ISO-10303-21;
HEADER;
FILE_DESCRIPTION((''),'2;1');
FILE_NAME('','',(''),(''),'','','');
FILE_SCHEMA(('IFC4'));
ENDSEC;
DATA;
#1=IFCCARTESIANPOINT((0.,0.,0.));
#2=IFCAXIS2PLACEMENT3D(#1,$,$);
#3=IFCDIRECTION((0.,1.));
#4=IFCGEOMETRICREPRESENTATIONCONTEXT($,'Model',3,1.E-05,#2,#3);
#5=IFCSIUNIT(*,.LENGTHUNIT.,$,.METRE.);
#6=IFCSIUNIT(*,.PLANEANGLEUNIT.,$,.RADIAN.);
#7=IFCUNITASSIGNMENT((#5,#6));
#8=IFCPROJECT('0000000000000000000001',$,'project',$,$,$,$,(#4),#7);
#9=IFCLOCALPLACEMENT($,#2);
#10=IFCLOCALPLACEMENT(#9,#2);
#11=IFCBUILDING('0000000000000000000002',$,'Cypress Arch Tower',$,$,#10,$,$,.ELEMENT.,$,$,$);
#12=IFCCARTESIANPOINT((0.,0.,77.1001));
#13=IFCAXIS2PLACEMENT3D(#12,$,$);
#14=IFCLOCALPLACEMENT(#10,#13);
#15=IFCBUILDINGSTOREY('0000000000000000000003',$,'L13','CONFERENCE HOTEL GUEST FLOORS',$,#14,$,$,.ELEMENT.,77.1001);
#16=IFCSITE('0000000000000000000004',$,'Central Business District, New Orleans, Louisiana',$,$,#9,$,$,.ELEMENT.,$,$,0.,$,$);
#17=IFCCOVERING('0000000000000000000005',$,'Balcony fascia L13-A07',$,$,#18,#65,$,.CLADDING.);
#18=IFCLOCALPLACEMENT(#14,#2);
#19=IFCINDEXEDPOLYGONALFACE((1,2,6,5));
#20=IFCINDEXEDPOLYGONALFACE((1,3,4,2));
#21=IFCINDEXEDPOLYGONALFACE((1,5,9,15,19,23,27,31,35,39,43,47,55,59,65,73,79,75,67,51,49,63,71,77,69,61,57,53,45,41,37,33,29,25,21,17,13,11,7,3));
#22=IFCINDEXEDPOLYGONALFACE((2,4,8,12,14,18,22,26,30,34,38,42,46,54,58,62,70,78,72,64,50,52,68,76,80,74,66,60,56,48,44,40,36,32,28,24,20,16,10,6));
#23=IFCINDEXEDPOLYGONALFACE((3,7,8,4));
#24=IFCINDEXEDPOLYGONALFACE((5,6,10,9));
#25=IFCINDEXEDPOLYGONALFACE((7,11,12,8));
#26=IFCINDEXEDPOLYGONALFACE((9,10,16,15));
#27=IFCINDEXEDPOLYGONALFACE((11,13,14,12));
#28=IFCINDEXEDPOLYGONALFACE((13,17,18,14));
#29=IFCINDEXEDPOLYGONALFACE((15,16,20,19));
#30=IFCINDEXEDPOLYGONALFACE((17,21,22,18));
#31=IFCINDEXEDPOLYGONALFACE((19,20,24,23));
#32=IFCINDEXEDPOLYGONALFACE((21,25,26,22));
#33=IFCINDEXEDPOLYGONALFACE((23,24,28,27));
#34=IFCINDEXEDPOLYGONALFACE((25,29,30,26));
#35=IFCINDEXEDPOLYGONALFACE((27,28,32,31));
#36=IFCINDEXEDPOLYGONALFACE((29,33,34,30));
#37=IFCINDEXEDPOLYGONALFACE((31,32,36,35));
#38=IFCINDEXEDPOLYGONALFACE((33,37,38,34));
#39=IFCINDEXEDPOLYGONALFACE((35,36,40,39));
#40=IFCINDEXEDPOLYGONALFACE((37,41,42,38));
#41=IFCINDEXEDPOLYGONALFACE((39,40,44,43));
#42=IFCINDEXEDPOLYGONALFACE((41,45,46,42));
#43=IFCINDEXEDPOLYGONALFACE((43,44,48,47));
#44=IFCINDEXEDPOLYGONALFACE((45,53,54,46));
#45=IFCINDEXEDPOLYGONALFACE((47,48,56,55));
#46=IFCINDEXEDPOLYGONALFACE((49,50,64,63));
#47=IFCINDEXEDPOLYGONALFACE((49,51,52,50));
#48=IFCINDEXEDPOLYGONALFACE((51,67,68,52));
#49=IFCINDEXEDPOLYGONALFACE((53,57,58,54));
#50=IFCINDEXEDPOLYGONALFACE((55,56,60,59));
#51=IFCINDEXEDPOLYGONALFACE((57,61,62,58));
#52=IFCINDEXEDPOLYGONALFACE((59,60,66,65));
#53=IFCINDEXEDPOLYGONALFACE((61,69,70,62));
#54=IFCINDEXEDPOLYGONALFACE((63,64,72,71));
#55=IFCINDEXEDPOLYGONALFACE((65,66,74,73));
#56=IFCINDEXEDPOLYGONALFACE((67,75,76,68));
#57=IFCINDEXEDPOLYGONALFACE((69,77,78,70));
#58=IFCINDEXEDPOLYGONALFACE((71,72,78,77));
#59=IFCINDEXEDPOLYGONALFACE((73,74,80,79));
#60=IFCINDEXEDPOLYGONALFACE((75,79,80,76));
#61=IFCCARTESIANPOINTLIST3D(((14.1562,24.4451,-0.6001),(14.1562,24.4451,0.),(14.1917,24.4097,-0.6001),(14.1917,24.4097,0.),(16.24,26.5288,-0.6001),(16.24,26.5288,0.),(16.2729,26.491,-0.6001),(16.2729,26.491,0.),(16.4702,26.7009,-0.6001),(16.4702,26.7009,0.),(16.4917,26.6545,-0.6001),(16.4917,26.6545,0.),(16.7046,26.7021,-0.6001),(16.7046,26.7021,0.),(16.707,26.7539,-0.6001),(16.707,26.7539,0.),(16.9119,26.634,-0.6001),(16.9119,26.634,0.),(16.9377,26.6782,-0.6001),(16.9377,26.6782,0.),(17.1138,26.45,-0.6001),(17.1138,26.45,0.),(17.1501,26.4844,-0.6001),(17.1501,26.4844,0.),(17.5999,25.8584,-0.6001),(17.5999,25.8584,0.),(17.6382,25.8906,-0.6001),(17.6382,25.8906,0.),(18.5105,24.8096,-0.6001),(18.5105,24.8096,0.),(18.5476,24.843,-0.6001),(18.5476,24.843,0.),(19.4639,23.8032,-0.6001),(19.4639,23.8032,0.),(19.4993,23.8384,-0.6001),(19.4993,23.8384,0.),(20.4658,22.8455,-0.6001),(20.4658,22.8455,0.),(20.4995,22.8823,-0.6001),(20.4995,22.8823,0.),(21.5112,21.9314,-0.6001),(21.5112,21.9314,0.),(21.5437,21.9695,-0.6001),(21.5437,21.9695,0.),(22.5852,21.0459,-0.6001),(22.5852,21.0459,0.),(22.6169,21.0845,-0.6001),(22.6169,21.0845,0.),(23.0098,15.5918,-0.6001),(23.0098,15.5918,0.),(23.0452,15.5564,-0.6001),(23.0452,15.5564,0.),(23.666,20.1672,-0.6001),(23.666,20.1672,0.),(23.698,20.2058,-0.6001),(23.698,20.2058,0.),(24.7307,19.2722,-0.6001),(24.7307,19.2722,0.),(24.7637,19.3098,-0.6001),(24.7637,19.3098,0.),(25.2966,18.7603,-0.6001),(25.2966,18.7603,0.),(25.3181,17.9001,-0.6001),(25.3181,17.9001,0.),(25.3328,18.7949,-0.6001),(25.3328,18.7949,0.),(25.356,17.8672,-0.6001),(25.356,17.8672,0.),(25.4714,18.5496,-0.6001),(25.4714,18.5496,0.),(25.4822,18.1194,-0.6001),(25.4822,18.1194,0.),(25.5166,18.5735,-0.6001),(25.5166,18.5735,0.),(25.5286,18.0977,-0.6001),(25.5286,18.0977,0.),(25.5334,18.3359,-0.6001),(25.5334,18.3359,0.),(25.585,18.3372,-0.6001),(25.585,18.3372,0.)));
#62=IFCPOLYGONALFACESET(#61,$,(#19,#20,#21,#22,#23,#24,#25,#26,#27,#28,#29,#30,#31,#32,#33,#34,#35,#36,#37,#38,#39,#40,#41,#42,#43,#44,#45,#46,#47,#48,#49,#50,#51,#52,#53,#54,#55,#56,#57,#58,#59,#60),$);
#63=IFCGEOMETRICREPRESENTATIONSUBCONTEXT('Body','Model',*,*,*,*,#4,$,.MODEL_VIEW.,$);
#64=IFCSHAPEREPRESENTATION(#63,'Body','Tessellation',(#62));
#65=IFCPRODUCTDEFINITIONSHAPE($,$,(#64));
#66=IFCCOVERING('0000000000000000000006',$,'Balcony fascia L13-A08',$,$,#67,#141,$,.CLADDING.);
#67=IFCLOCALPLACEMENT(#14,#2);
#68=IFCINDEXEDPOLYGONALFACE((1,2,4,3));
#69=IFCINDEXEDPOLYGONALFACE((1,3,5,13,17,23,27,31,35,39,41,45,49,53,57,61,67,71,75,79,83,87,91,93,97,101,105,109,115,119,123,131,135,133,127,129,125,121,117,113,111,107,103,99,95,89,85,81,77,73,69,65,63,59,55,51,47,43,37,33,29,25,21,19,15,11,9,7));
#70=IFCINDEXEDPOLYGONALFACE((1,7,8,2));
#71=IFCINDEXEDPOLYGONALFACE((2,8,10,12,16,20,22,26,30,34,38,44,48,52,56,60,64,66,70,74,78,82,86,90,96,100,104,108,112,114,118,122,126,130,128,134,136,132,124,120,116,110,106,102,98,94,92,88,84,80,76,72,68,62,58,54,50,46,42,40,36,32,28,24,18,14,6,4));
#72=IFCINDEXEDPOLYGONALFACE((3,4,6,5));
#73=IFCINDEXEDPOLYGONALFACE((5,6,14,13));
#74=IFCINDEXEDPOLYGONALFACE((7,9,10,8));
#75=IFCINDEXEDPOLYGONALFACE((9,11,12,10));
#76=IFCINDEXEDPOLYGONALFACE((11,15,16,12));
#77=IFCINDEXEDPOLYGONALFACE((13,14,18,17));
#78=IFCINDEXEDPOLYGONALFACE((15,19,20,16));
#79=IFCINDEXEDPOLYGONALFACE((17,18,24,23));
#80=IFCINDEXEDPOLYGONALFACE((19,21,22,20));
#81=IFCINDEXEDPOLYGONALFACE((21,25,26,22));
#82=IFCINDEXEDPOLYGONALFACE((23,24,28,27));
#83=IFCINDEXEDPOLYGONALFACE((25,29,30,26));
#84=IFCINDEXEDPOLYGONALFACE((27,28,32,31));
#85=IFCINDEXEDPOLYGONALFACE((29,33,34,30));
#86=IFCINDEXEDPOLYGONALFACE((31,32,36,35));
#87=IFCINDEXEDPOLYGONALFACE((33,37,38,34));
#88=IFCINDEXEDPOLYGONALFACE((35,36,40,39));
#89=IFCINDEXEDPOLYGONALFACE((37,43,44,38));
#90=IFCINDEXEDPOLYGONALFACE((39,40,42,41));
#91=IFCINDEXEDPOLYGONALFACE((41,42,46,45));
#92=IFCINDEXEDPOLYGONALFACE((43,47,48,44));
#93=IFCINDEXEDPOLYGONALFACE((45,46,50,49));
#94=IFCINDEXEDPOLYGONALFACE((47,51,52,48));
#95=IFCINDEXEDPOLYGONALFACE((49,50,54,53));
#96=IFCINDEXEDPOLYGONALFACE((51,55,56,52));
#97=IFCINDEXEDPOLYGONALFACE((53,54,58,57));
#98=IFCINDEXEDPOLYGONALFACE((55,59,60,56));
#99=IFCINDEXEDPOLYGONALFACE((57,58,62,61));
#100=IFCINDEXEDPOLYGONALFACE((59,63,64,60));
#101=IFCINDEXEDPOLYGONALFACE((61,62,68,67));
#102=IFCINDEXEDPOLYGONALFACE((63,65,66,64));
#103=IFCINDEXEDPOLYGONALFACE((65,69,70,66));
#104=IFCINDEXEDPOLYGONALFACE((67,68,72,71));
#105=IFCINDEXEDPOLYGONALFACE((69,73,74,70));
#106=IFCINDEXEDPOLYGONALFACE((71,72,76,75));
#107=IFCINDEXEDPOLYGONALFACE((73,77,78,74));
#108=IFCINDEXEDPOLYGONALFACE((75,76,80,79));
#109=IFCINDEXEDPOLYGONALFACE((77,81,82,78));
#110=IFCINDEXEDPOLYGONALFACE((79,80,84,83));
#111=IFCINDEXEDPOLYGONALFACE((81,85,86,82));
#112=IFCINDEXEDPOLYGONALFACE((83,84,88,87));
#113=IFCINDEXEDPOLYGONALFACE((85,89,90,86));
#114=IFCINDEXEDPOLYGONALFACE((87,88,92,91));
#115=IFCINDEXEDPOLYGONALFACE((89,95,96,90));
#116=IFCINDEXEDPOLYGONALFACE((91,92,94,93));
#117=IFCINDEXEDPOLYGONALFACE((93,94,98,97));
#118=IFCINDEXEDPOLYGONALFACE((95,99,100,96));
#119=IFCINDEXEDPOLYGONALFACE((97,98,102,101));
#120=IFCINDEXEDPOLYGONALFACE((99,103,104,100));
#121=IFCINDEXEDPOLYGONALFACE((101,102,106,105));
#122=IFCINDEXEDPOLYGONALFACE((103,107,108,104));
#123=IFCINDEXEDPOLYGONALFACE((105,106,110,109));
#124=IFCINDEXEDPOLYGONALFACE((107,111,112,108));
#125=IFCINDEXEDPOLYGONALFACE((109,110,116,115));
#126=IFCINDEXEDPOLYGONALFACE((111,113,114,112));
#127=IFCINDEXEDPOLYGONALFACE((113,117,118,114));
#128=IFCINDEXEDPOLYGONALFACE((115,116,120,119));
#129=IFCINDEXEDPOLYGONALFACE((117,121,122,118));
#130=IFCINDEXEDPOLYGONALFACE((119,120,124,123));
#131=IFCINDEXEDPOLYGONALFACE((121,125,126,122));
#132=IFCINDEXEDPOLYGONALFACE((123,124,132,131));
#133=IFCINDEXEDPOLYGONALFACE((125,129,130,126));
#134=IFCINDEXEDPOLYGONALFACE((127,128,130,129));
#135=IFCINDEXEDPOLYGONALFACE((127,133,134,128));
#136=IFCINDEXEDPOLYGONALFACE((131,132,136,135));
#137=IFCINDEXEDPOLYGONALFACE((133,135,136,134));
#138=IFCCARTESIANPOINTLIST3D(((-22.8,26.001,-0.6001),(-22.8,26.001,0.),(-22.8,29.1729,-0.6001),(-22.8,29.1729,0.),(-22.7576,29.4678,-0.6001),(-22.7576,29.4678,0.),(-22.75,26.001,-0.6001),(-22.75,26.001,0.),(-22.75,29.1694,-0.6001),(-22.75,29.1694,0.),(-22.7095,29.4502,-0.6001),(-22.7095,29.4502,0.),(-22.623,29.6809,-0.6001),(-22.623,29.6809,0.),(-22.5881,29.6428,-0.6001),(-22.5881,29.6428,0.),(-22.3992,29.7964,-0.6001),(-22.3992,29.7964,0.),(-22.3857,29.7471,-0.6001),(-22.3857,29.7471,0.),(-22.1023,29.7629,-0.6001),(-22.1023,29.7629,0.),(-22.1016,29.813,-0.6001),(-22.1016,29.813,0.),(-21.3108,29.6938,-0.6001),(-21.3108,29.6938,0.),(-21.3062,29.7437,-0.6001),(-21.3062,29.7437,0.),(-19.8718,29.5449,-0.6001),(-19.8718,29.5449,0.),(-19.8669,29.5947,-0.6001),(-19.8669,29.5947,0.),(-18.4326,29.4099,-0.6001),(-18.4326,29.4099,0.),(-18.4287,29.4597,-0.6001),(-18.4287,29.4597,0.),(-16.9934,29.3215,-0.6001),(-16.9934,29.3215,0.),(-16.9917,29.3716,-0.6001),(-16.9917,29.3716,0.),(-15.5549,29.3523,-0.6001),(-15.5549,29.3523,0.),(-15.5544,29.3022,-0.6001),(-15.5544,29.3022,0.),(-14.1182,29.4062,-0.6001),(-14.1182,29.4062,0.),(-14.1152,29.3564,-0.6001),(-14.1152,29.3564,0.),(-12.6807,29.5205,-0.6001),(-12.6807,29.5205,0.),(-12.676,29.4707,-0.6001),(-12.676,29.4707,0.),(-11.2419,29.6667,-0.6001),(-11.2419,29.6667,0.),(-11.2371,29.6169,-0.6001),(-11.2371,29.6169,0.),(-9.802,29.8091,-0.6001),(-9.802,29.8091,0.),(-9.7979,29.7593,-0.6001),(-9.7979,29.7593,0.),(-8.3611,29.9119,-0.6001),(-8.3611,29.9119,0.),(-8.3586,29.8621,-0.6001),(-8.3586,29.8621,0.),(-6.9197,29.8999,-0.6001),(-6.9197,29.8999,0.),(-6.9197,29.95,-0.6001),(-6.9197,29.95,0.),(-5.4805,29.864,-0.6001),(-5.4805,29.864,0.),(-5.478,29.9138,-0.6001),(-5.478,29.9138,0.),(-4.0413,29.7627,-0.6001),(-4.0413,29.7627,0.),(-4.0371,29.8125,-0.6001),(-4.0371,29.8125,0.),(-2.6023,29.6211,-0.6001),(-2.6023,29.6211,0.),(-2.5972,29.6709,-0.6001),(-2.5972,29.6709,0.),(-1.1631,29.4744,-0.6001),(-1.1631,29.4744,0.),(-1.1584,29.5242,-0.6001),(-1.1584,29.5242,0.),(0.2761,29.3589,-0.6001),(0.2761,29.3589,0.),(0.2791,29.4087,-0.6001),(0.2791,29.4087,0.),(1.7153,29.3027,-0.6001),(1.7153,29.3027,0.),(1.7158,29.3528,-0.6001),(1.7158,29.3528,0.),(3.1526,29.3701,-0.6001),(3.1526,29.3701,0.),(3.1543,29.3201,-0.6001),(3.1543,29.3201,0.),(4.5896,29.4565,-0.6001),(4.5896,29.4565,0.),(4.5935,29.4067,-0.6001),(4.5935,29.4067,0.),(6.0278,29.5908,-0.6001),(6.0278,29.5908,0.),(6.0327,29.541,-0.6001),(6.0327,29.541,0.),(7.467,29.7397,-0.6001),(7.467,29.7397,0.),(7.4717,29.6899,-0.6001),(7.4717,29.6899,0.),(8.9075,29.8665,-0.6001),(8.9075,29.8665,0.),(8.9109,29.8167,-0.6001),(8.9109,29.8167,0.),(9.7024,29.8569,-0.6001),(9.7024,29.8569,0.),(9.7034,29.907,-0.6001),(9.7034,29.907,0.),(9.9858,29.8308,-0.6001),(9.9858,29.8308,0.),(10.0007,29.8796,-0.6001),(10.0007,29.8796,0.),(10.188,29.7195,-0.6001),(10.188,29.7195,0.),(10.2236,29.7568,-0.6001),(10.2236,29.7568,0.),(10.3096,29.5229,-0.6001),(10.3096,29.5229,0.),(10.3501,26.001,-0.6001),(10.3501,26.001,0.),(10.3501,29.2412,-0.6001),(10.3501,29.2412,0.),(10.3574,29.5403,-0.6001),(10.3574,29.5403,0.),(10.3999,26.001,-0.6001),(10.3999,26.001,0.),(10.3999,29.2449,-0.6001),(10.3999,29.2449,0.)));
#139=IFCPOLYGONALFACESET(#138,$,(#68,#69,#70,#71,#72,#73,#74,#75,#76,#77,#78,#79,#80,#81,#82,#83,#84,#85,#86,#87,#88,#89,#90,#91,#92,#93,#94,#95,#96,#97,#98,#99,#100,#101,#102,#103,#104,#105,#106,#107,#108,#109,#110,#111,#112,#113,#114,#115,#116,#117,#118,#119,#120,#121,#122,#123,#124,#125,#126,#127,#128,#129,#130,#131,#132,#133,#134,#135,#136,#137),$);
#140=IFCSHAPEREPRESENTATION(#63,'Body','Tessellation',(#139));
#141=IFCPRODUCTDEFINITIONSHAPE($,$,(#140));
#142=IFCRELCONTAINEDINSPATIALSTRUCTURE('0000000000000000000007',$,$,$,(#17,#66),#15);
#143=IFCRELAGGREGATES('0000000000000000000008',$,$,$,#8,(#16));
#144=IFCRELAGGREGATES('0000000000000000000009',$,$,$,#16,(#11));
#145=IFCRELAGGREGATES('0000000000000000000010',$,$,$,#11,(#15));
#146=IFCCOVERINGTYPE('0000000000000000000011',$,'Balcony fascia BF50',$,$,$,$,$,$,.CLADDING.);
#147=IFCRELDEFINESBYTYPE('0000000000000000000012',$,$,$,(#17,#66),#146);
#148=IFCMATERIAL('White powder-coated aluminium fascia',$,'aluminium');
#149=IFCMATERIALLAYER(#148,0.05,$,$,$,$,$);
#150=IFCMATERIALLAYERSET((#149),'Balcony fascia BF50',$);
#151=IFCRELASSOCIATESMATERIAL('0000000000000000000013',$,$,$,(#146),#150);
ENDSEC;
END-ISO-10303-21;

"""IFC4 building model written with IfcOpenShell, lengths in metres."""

from ifc_helpers import new_model, si_unit, direction, frame, origin, place, context, subcontext, project, spatial, polyline, outline, extrude, material, layer, layer_set, type_object, element, save


model = new_model("IFC4")

# Units and contexts
model_context = context("Model", 3, precision=1e-05, world=origin(), true_north=direction((0.0, 1.0)))
body_context = subcontext(model_context, "Body", "Model", "MODEL_VIEW")
ifc_project = project(units=[si_unit("LENGTHUNIT", "METRE"), si_unit("PLANEANGLEUNIT", "RADIAN")], contexts=[model_context])

# Site, building, storey
site_placement = place(None, origin())
site = spatial("IfcSite", under=ifc_project, at=site_placement, Name="Central Business District, New Orleans, Louisiana", CompositionType="ELEMENT", RefElevation=0.0)
building_placement = place(site_placement, origin())
building = spatial("IfcBuilding", under=site, at=building_placement, Name="Cypress Arch Tower", CompositionType="ELEMENT")
storey_placement = place(building_placement, frame((0.0, 0.0, 77.1001)))
storey = spatial("IfcBuildingStorey", under=building, at=storey_placement, Name="L13", Description="CONFERENCE HOTEL GUEST FLOORS", CompositionType="ELEMENT", Elevation=77.1001)

# Coverings
ifc_material_1 = material(Name="White powder-coated aluminium fascia", Category="aluminium")
ifc_layer_1 = layer(ifc_material_1, 0.05)
ifc_layer_set_1 = layer_set([ifc_layer_1], Name="Balcony fascia BF50")
covering_type_1 = type_object("IfcCoveringType", Name="Balcony fascia BF50", PredefinedType="CLADDING", material=ifc_layer_set_1)
covering_1_placement = place(storey_placement, frame((0.0, 0.0, -0.6001)))
element("IfcCovering", 1, at=covering_1_placement, inside=storey, type_object=covering_type_1, Name="Balcony fascia L13-A07", PredefinedType="CLADDING", context=body_context, shape_type="SweptSolid", body=[
    extrude(outline(polyline([(16.24, 26.5288), (16.4702, 26.7009), (16.707, 26.7539), (16.9377, 26.6782), (17.1501, 26.4844), (17.6382, 25.8906), (18.5476, 24.843), (19.4993, 23.8384), (20.4995, 22.8823), (21.5437, 21.9695), (22.6169, 21.0845), (23.698, 20.2058), (24.7637, 19.3098), (25.3328, 18.7949), (25.5166, 18.5735), (25.585, 18.3372), (25.5286, 18.0977), (25.356, 17.8672), (23.0452, 15.5564), (23.0098, 15.5918), (25.3181, 17.9001), (25.4822, 18.1194), (25.5334, 18.3359), (25.4714, 18.5496), (25.2966, 18.7603), (24.7307, 19.2722), (23.666, 20.1672), (22.5852, 21.0459), (21.5112, 21.9314), (20.4658, 22.8455), (19.4639, 23.8032), (18.5105, 24.8096), (17.5999, 25.8584), (17.1138, 26.45), (16.9119, 26.634), (16.7046, 26.7021), (16.4917, 26.6545), (16.2729, 26.491), (14.1917, 24.4097), (14.1562, 24.4451), (16.24, 26.5288)])), origin(), (0.0, 0.0, 1.0), 0.6001),
])
covering_2_placement = place(storey_placement, frame((0.0, 0.0, -0.6001)))
element("IfcCovering", 2, at=covering_2_placement, inside=storey, type_object=covering_type_1, Name="Balcony fascia L13-A08", PredefinedType="CLADDING", context=body_context, shape_type="SweptSolid", body=[
    extrude(outline(polyline([(-22.8, 29.1729), (-22.7576, 29.4678), (-22.623, 29.6809), (-22.3992, 29.7964), (-22.1016, 29.813), (-21.3062, 29.7437), (-19.8669, 29.5947), (-18.4287, 29.4597), (-16.9917, 29.3716), (-15.5549, 29.3523), (-14.1182, 29.4062), (-12.6807, 29.5205), (-11.2419, 29.6667), (-9.802, 29.8091), (-8.3611, 29.9119), (-6.9197, 29.95), (-5.478, 29.9138), (-4.0371, 29.8125), (-2.5972, 29.6709), (-1.1584, 29.5242), (0.2791, 29.4087), (1.7158, 29.3528), (3.1526, 29.3701), (4.5896, 29.4565), (6.0278, 29.5908), (7.467, 29.7397), (8.9075, 29.8665), (9.7034, 29.907), (10.0007, 29.8796), (10.2236, 29.7568), (10.3574, 29.5403), (10.3999, 29.2449), (10.3999, 26.001), (10.3501, 26.001), (10.3501, 29.2412), (10.3096, 29.5229), (10.188, 29.7195), (9.9858, 29.8308), (9.7024, 29.8569), (8.9109, 29.8167), (7.4717, 29.6899), (6.0327, 29.541), (4.5935, 29.4067), (3.1543, 29.3201), (1.7153, 29.3027), (0.2761, 29.3589), (-1.1631, 29.4744), (-2.6023, 29.6211), (-4.0413, 29.7627), (-5.4805, 29.864), (-6.9197, 29.8999), (-8.3586, 29.8621), (-9.7979, 29.7593), (-11.2371, 29.6169), (-12.676, 29.4707), (-14.1152, 29.3564), (-15.5544, 29.3022), (-16.9934, 29.3215), (-18.4326, 29.4099), (-19.8718, 29.5449), (-21.3108, 29.6938), (-22.1023, 29.7629), (-22.3857, 29.7471), (-22.5881, 29.6428), (-22.7095, 29.4502), (-22.75, 29.1694), (-22.75, 26.001), (-22.8, 26.001), (-22.8, 29.1729)])), origin(), (0.0, 0.0, 1.0), 0.6001),
])

save(model, "model.ifc")
